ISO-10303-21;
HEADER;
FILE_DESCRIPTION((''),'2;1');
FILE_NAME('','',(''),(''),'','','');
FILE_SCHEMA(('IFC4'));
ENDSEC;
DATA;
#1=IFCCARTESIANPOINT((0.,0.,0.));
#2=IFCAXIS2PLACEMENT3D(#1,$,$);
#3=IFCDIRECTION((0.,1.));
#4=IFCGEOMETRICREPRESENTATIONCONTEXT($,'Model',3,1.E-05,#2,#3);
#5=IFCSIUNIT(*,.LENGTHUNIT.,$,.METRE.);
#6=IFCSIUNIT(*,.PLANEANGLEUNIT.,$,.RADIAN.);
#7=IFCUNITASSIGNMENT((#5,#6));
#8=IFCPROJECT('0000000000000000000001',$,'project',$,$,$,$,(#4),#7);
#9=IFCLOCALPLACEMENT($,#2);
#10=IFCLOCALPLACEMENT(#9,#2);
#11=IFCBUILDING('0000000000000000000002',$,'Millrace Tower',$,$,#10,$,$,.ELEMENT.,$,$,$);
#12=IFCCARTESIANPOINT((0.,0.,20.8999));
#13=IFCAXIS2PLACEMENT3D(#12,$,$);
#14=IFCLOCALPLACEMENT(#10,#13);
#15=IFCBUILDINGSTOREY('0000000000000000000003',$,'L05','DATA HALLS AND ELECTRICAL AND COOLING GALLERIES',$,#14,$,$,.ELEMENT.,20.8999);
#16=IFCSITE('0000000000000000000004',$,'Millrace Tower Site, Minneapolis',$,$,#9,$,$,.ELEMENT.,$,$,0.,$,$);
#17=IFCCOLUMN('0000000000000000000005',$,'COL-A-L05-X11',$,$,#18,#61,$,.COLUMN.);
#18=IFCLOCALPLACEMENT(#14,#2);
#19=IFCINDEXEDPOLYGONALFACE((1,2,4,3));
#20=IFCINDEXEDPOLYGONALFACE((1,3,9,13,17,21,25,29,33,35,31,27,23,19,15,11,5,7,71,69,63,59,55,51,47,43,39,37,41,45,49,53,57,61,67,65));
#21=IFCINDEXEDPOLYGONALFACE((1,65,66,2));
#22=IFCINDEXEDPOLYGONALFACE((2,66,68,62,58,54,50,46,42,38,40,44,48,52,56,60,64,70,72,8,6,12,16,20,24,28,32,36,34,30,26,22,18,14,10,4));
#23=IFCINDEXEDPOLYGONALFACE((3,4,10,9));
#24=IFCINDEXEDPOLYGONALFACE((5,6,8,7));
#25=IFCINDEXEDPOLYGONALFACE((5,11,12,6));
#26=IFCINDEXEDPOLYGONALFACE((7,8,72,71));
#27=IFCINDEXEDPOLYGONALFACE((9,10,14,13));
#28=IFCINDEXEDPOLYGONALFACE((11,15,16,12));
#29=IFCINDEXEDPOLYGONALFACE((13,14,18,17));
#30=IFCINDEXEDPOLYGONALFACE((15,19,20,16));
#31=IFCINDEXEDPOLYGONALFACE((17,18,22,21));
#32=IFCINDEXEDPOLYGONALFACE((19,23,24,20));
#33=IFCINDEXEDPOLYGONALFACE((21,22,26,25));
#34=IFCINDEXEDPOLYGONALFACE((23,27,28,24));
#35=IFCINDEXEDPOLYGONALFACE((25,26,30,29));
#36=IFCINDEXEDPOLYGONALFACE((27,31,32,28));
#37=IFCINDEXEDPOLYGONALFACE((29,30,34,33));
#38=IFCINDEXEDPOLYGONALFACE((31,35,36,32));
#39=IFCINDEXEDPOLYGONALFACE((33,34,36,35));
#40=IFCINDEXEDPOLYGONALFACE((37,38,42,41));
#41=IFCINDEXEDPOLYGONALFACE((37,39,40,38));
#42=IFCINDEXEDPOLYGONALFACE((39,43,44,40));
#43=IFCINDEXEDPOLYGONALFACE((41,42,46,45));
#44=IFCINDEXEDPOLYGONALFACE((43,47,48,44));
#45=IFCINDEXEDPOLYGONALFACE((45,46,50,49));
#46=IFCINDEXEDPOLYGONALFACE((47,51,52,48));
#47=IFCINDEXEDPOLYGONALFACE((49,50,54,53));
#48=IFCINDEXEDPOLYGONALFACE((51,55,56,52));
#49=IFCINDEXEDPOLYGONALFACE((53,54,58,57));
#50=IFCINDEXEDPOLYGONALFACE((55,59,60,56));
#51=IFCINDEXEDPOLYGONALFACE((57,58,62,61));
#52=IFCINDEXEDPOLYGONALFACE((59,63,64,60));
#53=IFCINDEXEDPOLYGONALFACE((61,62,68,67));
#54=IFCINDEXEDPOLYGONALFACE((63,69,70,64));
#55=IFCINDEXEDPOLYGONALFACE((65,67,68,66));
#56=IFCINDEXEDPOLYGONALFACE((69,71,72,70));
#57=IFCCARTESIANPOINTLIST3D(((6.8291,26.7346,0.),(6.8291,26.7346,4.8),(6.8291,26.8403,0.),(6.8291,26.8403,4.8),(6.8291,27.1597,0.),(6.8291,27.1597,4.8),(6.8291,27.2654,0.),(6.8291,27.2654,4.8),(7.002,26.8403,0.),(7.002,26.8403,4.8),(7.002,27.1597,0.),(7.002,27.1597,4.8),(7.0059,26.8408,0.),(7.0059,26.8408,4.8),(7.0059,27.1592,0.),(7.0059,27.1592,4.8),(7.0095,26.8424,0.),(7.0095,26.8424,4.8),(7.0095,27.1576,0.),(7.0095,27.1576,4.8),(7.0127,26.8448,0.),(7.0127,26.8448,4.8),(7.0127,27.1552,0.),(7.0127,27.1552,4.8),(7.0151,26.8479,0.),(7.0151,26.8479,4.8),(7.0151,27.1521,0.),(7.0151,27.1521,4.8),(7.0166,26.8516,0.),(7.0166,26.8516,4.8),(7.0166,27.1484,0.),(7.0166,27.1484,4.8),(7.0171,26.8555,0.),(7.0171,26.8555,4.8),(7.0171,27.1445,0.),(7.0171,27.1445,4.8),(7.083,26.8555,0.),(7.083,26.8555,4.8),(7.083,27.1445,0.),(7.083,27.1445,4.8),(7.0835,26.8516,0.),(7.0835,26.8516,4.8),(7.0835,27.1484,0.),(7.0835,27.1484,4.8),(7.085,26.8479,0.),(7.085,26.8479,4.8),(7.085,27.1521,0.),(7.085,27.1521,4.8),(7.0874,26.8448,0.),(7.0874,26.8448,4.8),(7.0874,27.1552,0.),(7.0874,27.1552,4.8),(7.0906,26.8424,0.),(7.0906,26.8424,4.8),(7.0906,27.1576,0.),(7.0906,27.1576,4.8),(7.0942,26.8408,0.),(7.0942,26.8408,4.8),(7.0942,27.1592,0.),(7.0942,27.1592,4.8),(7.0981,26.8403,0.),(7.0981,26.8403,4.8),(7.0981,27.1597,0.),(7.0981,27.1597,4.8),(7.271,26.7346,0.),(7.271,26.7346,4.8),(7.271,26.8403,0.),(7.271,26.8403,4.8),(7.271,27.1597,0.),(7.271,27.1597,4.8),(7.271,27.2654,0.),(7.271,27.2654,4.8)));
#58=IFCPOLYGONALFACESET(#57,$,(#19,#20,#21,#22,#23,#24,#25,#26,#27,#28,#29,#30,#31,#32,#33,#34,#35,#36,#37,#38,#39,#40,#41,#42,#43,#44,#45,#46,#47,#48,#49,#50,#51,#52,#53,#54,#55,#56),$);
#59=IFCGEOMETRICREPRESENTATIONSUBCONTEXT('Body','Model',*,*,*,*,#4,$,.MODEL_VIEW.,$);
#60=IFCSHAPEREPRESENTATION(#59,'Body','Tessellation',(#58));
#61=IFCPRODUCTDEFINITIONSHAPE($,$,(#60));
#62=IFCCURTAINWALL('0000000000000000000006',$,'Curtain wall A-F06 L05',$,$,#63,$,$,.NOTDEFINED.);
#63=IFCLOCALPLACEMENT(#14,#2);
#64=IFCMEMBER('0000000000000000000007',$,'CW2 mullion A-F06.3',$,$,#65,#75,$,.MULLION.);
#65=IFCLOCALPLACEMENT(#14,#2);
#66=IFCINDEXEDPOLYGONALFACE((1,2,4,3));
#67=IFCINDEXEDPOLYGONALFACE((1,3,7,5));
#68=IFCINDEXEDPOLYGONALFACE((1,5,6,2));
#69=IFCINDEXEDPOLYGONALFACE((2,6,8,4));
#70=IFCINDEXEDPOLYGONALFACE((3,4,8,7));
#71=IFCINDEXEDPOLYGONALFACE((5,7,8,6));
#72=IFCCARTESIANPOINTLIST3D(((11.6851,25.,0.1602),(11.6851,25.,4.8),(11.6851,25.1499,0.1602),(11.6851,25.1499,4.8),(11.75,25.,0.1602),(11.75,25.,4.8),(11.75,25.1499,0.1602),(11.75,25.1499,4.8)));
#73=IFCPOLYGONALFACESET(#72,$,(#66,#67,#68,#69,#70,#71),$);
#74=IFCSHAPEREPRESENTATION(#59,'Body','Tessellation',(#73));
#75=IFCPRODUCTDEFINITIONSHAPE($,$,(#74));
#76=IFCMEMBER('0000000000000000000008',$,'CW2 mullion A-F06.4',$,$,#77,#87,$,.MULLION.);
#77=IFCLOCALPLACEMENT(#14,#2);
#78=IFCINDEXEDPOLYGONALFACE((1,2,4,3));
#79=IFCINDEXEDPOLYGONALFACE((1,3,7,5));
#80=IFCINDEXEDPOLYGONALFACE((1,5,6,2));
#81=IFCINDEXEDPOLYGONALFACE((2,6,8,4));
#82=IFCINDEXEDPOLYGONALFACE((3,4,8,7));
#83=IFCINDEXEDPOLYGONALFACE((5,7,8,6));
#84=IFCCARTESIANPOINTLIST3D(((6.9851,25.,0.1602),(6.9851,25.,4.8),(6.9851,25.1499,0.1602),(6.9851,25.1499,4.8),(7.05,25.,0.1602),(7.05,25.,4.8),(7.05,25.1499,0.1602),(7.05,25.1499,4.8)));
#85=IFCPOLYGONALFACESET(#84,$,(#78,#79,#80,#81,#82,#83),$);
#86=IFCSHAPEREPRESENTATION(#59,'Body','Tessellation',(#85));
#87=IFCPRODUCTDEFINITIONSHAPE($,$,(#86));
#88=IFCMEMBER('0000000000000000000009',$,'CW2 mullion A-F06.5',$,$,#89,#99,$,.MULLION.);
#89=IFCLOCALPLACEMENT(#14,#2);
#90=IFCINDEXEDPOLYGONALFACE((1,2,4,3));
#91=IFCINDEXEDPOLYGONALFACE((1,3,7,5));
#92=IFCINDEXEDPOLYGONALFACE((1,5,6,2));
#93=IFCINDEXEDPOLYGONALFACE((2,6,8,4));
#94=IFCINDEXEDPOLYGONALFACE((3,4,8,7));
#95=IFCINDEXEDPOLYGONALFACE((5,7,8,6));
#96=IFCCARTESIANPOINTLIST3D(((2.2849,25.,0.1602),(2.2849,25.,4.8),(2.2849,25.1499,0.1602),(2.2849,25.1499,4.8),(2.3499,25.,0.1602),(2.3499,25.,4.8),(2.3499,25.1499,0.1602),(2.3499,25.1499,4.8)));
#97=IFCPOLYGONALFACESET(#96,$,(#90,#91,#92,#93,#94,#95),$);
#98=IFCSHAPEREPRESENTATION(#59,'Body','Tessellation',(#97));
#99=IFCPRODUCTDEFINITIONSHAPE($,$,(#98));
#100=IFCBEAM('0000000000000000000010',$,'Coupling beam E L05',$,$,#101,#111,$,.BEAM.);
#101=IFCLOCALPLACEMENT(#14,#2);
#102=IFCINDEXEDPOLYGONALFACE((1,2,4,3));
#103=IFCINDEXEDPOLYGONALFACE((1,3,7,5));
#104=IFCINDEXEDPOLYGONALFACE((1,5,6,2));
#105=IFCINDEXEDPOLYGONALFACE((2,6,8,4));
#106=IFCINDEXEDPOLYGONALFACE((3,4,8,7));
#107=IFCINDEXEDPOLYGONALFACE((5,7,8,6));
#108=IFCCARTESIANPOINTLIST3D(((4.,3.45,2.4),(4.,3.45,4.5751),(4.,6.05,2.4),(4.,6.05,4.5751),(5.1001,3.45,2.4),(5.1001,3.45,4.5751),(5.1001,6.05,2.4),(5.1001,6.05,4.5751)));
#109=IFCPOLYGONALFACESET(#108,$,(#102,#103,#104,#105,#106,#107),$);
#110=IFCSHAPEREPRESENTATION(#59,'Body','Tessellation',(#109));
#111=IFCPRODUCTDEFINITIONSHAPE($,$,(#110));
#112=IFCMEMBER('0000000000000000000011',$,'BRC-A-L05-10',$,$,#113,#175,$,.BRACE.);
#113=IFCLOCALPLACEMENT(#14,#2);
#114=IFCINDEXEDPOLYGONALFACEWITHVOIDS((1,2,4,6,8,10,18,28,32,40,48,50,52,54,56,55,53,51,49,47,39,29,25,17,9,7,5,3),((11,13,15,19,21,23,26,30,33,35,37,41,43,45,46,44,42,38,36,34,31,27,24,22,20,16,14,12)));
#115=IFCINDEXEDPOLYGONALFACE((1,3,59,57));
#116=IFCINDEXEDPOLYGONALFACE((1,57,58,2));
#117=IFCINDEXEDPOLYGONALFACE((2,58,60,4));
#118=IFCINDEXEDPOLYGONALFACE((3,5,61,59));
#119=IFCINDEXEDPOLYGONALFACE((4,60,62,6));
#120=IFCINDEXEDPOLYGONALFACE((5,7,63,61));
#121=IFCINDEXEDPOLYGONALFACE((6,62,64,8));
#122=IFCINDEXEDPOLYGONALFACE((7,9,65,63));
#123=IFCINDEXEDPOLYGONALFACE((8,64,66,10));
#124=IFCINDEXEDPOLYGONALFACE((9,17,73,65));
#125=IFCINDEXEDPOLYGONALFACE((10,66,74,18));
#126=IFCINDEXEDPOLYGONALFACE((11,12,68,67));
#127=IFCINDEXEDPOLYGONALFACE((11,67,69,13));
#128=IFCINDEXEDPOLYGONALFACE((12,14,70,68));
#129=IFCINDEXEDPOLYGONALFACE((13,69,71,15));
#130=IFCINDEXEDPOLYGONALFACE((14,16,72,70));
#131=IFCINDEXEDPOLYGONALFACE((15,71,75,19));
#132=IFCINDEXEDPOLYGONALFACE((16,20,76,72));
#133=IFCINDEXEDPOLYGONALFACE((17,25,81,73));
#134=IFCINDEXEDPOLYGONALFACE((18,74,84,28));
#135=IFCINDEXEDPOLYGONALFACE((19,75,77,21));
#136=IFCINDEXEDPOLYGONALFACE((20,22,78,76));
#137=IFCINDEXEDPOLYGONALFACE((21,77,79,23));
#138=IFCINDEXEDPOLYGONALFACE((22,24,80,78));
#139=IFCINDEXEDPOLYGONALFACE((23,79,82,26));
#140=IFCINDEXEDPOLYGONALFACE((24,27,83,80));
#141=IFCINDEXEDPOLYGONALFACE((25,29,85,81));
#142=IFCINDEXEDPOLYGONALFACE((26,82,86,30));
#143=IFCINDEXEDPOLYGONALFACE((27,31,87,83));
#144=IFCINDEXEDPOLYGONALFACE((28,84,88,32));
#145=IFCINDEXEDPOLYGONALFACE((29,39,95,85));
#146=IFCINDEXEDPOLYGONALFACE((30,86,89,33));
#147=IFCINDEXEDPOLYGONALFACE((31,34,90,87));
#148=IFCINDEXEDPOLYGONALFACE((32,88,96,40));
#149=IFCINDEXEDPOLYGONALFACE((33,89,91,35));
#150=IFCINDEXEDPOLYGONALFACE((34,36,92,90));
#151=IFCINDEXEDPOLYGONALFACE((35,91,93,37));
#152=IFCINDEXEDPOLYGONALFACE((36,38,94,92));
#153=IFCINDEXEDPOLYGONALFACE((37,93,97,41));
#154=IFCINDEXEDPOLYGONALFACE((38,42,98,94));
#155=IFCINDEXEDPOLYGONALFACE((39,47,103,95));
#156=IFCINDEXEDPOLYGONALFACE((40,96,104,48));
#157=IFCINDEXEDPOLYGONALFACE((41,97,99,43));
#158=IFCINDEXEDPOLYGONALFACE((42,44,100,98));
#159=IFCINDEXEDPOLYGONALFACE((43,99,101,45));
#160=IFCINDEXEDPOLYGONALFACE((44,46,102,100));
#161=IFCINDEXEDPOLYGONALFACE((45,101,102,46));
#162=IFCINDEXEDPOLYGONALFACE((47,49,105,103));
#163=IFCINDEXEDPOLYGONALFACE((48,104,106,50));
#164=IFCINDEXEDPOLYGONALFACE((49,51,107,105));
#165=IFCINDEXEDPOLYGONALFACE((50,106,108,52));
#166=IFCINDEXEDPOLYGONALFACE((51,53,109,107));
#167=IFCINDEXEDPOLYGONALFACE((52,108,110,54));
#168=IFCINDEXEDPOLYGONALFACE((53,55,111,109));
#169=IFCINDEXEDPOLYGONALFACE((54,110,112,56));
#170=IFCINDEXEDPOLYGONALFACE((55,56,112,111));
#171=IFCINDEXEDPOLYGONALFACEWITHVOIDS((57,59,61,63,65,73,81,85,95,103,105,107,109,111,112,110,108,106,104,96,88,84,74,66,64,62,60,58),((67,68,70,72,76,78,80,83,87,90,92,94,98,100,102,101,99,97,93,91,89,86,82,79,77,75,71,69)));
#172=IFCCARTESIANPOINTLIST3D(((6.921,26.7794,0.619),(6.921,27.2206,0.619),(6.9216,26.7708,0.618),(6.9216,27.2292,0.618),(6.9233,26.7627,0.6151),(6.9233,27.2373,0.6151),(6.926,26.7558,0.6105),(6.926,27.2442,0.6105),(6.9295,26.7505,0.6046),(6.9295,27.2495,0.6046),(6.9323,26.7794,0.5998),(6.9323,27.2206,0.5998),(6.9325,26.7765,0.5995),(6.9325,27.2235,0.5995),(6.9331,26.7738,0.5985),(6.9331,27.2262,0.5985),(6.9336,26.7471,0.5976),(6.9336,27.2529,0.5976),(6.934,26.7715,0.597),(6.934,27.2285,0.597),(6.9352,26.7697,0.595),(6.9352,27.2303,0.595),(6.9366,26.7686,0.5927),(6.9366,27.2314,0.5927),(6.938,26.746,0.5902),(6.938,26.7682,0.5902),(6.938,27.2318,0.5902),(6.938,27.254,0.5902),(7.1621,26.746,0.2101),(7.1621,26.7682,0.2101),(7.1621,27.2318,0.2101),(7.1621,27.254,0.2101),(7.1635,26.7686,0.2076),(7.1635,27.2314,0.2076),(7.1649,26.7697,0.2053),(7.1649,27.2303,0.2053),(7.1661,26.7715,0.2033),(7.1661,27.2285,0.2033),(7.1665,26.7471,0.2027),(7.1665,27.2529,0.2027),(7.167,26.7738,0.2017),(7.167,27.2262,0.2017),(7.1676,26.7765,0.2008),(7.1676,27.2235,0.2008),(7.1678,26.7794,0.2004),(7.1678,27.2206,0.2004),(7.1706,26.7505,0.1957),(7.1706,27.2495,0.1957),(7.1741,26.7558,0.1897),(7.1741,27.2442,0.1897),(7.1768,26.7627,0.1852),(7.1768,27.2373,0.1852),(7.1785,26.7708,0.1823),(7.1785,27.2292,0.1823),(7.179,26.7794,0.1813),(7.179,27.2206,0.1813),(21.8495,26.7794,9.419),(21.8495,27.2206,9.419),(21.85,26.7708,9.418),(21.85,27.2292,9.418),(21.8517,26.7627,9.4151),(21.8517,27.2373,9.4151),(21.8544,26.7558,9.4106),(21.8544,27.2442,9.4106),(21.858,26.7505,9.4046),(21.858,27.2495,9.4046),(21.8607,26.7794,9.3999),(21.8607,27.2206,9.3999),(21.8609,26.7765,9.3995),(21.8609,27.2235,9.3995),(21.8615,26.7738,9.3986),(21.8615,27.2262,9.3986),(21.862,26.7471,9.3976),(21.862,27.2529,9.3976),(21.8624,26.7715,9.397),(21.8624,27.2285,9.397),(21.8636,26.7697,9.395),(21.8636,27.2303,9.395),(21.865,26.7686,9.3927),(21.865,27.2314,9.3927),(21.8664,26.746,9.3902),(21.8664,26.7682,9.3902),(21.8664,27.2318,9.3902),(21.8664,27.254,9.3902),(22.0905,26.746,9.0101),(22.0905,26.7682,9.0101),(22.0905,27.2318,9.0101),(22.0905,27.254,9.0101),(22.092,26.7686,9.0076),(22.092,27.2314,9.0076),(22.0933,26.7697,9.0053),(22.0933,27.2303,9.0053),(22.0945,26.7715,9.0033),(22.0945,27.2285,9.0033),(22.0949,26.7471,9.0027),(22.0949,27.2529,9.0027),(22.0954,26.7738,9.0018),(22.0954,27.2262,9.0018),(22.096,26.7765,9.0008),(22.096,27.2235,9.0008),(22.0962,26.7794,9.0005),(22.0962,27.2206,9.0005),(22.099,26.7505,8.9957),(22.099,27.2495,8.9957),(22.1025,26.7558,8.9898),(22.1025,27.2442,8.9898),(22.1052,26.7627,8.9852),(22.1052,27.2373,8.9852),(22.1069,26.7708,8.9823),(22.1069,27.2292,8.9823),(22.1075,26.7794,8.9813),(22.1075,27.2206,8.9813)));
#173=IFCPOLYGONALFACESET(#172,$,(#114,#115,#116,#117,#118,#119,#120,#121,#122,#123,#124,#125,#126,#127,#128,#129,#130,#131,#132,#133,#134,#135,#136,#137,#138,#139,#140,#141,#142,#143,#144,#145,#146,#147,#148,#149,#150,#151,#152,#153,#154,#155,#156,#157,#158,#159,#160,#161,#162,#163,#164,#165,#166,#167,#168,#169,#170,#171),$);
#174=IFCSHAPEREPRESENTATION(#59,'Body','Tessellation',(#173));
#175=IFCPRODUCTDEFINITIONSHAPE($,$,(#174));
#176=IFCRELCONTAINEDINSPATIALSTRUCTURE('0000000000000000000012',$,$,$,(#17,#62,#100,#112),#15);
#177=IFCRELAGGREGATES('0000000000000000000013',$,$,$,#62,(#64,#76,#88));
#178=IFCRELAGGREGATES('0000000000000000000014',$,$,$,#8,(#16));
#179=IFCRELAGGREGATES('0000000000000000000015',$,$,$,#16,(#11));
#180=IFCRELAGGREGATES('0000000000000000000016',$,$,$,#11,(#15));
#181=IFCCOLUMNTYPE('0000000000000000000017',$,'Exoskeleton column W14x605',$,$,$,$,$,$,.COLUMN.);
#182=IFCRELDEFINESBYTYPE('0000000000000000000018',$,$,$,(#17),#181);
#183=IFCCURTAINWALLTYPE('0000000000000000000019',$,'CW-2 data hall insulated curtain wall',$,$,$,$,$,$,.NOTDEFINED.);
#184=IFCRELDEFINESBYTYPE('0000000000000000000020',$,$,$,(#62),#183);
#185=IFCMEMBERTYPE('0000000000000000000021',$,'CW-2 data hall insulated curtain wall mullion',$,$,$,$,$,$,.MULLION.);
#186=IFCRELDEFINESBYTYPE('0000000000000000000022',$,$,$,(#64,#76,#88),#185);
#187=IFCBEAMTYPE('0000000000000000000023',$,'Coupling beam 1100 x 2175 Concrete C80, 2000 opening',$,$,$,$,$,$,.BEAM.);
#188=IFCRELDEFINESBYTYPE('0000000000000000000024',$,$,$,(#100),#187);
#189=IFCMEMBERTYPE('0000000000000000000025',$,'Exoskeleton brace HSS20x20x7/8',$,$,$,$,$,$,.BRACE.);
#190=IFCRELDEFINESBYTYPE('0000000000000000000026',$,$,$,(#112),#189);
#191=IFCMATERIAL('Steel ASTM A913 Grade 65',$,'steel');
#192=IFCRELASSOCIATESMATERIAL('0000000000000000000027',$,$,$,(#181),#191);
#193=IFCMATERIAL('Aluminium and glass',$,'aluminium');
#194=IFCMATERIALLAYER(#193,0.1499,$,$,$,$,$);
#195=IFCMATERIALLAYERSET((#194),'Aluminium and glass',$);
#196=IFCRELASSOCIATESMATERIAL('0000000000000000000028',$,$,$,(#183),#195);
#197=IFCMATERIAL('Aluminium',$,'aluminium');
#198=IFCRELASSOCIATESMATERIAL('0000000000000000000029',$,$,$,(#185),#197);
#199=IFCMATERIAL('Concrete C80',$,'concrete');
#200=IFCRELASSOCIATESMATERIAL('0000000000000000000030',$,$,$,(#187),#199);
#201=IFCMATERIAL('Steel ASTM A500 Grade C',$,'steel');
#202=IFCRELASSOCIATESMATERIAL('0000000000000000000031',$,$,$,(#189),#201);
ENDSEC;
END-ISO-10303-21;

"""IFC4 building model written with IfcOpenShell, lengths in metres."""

from ifc_helpers import new_model, si_unit, direction, frame, origin, origin_2d, place, context, subcontext, project, spatial, rectangle, hollow_rectangle, i_section, extrude, material, layer, layer_set, material_profile, profile_set, type_object, element, aggregate, save


model = new_model("IFC4")

# Units and contexts
model_context = context("Model", 3, precision=1e-05, world=origin(), true_north=direction((0.0, 1.0)))
body_context = subcontext(model_context, "Body", "Model", "MODEL_VIEW")
ifc_project = project(units=[si_unit("LENGTHUNIT", "METRE"), si_unit("PLANEANGLEUNIT", "RADIAN")], contexts=[model_context])

# Site, building, storey
site_placement = place(None, origin())
site = spatial("IfcSite", under=ifc_project, at=site_placement, Name="Millrace Tower Site, Minneapolis", CompositionType="ELEMENT", RefElevation=0.0)
building_placement = place(site_placement, origin())
building = spatial("IfcBuilding", under=site, at=building_placement, Name="Millrace Tower", CompositionType="ELEMENT")
storey_placement = place(building_placement, frame((0.0, 0.0, 20.8999)))
storey = spatial("IfcBuildingStorey", under=building, at=storey_placement, Name="L05", Description="DATA HALLS AND ELECTRICAL AND COOLING GALLERIES", CompositionType="ELEMENT", Elevation=20.8999)

# Column
ifc_material_1 = material(Name="Steel ASTM A913 Grade 65", Category="steel")
ifc_material_profile_1 = material_profile(ifc_material_1, i_section(OverallWidth=0.4419, OverallDepth=0.5308, WebThickness=0.0659, FlangeThickness=0.1057, FilletRadius=0.0151, at=origin_2d()))
ifc_profile_set_1 = profile_set([ifc_material_profile_1], Name="Steel ASTM A913 Grade 65")
column_type = type_object("IfcColumnType", Name="Exoskeleton column W14x605", PredefinedType="COLUMN", material=ifc_profile_set_1)
column_placement = place(storey_placement, frame((7.05, 27.0, 0.0), z_axis=(0.0, 0.0, 1.0), x_axis=(-1.0, 0.0, 0.0)))
element("IfcColumn", 1, at=column_placement, inside=storey, type_object=column_type, Name="COL-A-L05-X11", PredefinedType="COLUMN", context=body_context, shape_type="SweptSolid", body=[
    extrude(i_section(OverallWidth=0.4419, OverallDepth=0.5308, WebThickness=0.0659, FlangeThickness=0.1057, FilletRadius=0.0151, at=origin_2d()), origin(), (0.0, 0.0, 1.0), 4.8),
])

# Curtain wall, members
ifc_material_2 = material(Name="Aluminium and glass", Category="aluminium")
ifc_layer_1 = layer(ifc_material_2, 0.1499)
ifc_layer_set_1 = layer_set([ifc_layer_1], Name="Aluminium and glass")
curtain_wall_type = type_object("IfcCurtainWallType", Name="CW-2 data hall insulated curtain wall", PredefinedType="NOTDEFINED", material=ifc_layer_set_1)
curtain_wall_placement = place(storey_placement, origin())
curtain_wall = element("IfcCurtainWall", 2, at=curtain_wall_placement, inside=storey, type_object=curtain_wall_type, Name="Curtain wall A-F06 L05", PredefinedType="NOTDEFINED")
ifc_material_3 = material(Name="Aluminium", Category="aluminium")
ifc_material_profile_2 = material_profile(ifc_material_3, rectangle(XDim=0.0649, YDim=0.1499, at=origin_2d()))
ifc_profile_set_2 = profile_set([ifc_material_profile_2], Name="Aluminium")
member_type_1 = type_object("IfcMemberType", Name="CW-2 data hall insulated curtain wall mullion", PredefinedType="MULLION", material=ifc_profile_set_2)
member_1_placement = place(storey_placement, frame((11.7175, 25.075, 0.1602), z_axis=(0.0, 0.0, 1.0), x_axis=(-1.0, 0.0, 0.0)))
member_1 = element("IfcMember", 3, at=member_1_placement, type_object=member_type_1, Name="CW2 mullion A-F06.3", PredefinedType="MULLION", context=body_context, shape_type="SweptSolid", body=[
    extrude(rectangle(XDim=0.0649, YDim=0.1499, at=origin_2d()), origin(), (0.0, 0.0, 1.0), 4.6399),
])
member_2_placement = place(storey_placement, frame((7.0176, 25.075, 0.1602), z_axis=(0.0, 0.0, 1.0), x_axis=(-1.0, 0.0, 0.0)))
member_2 = element("IfcMember", 4, at=member_2_placement, type_object=member_type_1, Name="CW2 mullion A-F06.4", PredefinedType="MULLION", context=body_context, shape_type="SweptSolid", body=[
    extrude(rectangle(XDim=0.0649, YDim=0.1499, at=origin_2d()), origin(), (0.0, 0.0, 1.0), 4.6399),
])
member_3_placement = place(storey_placement, frame((2.3174, 25.075, 0.1602), z_axis=(0.0, 0.0, 1.0), x_axis=(-1.0, 0.0, 0.0)))
member_3 = element("IfcMember", 5, at=member_3_placement, type_object=member_type_1, Name="CW2 mullion A-F06.5", PredefinedType="MULLION", context=body_context, shape_type="SweptSolid", body=[
    extrude(rectangle(XDim=0.0649, YDim=0.1499, at=origin_2d()), origin(), (0.0, 0.0, 1.0), 4.6399),
])
aggregate(curtain_wall, [member_1, member_2, member_3])

# Beam
ifc_material_4 = material(Name="Concrete C80", Category="concrete")
ifc_material_profile_3 = material_profile(ifc_material_4, rectangle(XDim=1.1001, YDim=2.175, at=origin_2d()))
ifc_profile_set_3 = profile_set([ifc_material_profile_3], Name="Concrete C80")
beam_type_1 = type_object("IfcBeamType", Name="Coupling beam 1100 x 2175 Concrete C80, 2000 opening", PredefinedType="BEAM", material=ifc_profile_set_3)
beam_1_placement = place(storey_placement, frame((4.55, 6.05, 3.4875), z_axis=(0.0, -1.0, 0.0), x_axis=(1.0, 0.0, 0.0)))
element("IfcBeam", 6, at=beam_1_placement, inside=storey, type_object=beam_type_1, Name="Coupling beam E L05", PredefinedType="BEAM", context=body_context, shape_type="SweptSolid", body=[
    extrude(rectangle(XDim=1.1001, YDim=2.175, at=origin_2d()), origin(), (0.0, 0.0, 1.0), 2.6001),
])

# Member
ifc_material_5 = material(Name="Steel ASTM A500 Grade C", Category="steel")
ifc_material_profile_4 = material_profile(ifc_material_5, hollow_rectangle(XDim=0.5081, YDim=0.5081, WallThickness=0.0222, InnerFilletRadius=0.0112, OuterFilletRadius=0.0334, at=origin_2d()))
ifc_profile_set_4 = profile_set([ifc_material_profile_4], Name="Steel ASTM A500 Grade C")
member_type_2 = type_object("IfcMemberType", Name="Exoskeleton brace HSS20x20x7/8", PredefinedType="BRACE", material=ifc_profile_set_4)
member_4_placement = place(storey_placement, frame((7.05, 27.0, 0.4001), z_axis=(0.861465, 0.0, 0.507817), x_axis=(0.0, 1.0, 0.0)))
element("IfcMember", 7, at=member_4_placement, inside=storey, type_object=member_type_2, Name="BRC-A-L05-10", PredefinedType="BRACE", context=body_context, shape_type="SweptSolid", body=[
    extrude(hollow_rectangle(XDim=0.5081, YDim=0.5081, WallThickness=0.0222, InnerFilletRadius=0.0112, OuterFilletRadius=0.0334, at=origin_2d()), origin(), (0.0, 0.0, 1.0), 17.3291),
])

save(model, "model.ifc")
